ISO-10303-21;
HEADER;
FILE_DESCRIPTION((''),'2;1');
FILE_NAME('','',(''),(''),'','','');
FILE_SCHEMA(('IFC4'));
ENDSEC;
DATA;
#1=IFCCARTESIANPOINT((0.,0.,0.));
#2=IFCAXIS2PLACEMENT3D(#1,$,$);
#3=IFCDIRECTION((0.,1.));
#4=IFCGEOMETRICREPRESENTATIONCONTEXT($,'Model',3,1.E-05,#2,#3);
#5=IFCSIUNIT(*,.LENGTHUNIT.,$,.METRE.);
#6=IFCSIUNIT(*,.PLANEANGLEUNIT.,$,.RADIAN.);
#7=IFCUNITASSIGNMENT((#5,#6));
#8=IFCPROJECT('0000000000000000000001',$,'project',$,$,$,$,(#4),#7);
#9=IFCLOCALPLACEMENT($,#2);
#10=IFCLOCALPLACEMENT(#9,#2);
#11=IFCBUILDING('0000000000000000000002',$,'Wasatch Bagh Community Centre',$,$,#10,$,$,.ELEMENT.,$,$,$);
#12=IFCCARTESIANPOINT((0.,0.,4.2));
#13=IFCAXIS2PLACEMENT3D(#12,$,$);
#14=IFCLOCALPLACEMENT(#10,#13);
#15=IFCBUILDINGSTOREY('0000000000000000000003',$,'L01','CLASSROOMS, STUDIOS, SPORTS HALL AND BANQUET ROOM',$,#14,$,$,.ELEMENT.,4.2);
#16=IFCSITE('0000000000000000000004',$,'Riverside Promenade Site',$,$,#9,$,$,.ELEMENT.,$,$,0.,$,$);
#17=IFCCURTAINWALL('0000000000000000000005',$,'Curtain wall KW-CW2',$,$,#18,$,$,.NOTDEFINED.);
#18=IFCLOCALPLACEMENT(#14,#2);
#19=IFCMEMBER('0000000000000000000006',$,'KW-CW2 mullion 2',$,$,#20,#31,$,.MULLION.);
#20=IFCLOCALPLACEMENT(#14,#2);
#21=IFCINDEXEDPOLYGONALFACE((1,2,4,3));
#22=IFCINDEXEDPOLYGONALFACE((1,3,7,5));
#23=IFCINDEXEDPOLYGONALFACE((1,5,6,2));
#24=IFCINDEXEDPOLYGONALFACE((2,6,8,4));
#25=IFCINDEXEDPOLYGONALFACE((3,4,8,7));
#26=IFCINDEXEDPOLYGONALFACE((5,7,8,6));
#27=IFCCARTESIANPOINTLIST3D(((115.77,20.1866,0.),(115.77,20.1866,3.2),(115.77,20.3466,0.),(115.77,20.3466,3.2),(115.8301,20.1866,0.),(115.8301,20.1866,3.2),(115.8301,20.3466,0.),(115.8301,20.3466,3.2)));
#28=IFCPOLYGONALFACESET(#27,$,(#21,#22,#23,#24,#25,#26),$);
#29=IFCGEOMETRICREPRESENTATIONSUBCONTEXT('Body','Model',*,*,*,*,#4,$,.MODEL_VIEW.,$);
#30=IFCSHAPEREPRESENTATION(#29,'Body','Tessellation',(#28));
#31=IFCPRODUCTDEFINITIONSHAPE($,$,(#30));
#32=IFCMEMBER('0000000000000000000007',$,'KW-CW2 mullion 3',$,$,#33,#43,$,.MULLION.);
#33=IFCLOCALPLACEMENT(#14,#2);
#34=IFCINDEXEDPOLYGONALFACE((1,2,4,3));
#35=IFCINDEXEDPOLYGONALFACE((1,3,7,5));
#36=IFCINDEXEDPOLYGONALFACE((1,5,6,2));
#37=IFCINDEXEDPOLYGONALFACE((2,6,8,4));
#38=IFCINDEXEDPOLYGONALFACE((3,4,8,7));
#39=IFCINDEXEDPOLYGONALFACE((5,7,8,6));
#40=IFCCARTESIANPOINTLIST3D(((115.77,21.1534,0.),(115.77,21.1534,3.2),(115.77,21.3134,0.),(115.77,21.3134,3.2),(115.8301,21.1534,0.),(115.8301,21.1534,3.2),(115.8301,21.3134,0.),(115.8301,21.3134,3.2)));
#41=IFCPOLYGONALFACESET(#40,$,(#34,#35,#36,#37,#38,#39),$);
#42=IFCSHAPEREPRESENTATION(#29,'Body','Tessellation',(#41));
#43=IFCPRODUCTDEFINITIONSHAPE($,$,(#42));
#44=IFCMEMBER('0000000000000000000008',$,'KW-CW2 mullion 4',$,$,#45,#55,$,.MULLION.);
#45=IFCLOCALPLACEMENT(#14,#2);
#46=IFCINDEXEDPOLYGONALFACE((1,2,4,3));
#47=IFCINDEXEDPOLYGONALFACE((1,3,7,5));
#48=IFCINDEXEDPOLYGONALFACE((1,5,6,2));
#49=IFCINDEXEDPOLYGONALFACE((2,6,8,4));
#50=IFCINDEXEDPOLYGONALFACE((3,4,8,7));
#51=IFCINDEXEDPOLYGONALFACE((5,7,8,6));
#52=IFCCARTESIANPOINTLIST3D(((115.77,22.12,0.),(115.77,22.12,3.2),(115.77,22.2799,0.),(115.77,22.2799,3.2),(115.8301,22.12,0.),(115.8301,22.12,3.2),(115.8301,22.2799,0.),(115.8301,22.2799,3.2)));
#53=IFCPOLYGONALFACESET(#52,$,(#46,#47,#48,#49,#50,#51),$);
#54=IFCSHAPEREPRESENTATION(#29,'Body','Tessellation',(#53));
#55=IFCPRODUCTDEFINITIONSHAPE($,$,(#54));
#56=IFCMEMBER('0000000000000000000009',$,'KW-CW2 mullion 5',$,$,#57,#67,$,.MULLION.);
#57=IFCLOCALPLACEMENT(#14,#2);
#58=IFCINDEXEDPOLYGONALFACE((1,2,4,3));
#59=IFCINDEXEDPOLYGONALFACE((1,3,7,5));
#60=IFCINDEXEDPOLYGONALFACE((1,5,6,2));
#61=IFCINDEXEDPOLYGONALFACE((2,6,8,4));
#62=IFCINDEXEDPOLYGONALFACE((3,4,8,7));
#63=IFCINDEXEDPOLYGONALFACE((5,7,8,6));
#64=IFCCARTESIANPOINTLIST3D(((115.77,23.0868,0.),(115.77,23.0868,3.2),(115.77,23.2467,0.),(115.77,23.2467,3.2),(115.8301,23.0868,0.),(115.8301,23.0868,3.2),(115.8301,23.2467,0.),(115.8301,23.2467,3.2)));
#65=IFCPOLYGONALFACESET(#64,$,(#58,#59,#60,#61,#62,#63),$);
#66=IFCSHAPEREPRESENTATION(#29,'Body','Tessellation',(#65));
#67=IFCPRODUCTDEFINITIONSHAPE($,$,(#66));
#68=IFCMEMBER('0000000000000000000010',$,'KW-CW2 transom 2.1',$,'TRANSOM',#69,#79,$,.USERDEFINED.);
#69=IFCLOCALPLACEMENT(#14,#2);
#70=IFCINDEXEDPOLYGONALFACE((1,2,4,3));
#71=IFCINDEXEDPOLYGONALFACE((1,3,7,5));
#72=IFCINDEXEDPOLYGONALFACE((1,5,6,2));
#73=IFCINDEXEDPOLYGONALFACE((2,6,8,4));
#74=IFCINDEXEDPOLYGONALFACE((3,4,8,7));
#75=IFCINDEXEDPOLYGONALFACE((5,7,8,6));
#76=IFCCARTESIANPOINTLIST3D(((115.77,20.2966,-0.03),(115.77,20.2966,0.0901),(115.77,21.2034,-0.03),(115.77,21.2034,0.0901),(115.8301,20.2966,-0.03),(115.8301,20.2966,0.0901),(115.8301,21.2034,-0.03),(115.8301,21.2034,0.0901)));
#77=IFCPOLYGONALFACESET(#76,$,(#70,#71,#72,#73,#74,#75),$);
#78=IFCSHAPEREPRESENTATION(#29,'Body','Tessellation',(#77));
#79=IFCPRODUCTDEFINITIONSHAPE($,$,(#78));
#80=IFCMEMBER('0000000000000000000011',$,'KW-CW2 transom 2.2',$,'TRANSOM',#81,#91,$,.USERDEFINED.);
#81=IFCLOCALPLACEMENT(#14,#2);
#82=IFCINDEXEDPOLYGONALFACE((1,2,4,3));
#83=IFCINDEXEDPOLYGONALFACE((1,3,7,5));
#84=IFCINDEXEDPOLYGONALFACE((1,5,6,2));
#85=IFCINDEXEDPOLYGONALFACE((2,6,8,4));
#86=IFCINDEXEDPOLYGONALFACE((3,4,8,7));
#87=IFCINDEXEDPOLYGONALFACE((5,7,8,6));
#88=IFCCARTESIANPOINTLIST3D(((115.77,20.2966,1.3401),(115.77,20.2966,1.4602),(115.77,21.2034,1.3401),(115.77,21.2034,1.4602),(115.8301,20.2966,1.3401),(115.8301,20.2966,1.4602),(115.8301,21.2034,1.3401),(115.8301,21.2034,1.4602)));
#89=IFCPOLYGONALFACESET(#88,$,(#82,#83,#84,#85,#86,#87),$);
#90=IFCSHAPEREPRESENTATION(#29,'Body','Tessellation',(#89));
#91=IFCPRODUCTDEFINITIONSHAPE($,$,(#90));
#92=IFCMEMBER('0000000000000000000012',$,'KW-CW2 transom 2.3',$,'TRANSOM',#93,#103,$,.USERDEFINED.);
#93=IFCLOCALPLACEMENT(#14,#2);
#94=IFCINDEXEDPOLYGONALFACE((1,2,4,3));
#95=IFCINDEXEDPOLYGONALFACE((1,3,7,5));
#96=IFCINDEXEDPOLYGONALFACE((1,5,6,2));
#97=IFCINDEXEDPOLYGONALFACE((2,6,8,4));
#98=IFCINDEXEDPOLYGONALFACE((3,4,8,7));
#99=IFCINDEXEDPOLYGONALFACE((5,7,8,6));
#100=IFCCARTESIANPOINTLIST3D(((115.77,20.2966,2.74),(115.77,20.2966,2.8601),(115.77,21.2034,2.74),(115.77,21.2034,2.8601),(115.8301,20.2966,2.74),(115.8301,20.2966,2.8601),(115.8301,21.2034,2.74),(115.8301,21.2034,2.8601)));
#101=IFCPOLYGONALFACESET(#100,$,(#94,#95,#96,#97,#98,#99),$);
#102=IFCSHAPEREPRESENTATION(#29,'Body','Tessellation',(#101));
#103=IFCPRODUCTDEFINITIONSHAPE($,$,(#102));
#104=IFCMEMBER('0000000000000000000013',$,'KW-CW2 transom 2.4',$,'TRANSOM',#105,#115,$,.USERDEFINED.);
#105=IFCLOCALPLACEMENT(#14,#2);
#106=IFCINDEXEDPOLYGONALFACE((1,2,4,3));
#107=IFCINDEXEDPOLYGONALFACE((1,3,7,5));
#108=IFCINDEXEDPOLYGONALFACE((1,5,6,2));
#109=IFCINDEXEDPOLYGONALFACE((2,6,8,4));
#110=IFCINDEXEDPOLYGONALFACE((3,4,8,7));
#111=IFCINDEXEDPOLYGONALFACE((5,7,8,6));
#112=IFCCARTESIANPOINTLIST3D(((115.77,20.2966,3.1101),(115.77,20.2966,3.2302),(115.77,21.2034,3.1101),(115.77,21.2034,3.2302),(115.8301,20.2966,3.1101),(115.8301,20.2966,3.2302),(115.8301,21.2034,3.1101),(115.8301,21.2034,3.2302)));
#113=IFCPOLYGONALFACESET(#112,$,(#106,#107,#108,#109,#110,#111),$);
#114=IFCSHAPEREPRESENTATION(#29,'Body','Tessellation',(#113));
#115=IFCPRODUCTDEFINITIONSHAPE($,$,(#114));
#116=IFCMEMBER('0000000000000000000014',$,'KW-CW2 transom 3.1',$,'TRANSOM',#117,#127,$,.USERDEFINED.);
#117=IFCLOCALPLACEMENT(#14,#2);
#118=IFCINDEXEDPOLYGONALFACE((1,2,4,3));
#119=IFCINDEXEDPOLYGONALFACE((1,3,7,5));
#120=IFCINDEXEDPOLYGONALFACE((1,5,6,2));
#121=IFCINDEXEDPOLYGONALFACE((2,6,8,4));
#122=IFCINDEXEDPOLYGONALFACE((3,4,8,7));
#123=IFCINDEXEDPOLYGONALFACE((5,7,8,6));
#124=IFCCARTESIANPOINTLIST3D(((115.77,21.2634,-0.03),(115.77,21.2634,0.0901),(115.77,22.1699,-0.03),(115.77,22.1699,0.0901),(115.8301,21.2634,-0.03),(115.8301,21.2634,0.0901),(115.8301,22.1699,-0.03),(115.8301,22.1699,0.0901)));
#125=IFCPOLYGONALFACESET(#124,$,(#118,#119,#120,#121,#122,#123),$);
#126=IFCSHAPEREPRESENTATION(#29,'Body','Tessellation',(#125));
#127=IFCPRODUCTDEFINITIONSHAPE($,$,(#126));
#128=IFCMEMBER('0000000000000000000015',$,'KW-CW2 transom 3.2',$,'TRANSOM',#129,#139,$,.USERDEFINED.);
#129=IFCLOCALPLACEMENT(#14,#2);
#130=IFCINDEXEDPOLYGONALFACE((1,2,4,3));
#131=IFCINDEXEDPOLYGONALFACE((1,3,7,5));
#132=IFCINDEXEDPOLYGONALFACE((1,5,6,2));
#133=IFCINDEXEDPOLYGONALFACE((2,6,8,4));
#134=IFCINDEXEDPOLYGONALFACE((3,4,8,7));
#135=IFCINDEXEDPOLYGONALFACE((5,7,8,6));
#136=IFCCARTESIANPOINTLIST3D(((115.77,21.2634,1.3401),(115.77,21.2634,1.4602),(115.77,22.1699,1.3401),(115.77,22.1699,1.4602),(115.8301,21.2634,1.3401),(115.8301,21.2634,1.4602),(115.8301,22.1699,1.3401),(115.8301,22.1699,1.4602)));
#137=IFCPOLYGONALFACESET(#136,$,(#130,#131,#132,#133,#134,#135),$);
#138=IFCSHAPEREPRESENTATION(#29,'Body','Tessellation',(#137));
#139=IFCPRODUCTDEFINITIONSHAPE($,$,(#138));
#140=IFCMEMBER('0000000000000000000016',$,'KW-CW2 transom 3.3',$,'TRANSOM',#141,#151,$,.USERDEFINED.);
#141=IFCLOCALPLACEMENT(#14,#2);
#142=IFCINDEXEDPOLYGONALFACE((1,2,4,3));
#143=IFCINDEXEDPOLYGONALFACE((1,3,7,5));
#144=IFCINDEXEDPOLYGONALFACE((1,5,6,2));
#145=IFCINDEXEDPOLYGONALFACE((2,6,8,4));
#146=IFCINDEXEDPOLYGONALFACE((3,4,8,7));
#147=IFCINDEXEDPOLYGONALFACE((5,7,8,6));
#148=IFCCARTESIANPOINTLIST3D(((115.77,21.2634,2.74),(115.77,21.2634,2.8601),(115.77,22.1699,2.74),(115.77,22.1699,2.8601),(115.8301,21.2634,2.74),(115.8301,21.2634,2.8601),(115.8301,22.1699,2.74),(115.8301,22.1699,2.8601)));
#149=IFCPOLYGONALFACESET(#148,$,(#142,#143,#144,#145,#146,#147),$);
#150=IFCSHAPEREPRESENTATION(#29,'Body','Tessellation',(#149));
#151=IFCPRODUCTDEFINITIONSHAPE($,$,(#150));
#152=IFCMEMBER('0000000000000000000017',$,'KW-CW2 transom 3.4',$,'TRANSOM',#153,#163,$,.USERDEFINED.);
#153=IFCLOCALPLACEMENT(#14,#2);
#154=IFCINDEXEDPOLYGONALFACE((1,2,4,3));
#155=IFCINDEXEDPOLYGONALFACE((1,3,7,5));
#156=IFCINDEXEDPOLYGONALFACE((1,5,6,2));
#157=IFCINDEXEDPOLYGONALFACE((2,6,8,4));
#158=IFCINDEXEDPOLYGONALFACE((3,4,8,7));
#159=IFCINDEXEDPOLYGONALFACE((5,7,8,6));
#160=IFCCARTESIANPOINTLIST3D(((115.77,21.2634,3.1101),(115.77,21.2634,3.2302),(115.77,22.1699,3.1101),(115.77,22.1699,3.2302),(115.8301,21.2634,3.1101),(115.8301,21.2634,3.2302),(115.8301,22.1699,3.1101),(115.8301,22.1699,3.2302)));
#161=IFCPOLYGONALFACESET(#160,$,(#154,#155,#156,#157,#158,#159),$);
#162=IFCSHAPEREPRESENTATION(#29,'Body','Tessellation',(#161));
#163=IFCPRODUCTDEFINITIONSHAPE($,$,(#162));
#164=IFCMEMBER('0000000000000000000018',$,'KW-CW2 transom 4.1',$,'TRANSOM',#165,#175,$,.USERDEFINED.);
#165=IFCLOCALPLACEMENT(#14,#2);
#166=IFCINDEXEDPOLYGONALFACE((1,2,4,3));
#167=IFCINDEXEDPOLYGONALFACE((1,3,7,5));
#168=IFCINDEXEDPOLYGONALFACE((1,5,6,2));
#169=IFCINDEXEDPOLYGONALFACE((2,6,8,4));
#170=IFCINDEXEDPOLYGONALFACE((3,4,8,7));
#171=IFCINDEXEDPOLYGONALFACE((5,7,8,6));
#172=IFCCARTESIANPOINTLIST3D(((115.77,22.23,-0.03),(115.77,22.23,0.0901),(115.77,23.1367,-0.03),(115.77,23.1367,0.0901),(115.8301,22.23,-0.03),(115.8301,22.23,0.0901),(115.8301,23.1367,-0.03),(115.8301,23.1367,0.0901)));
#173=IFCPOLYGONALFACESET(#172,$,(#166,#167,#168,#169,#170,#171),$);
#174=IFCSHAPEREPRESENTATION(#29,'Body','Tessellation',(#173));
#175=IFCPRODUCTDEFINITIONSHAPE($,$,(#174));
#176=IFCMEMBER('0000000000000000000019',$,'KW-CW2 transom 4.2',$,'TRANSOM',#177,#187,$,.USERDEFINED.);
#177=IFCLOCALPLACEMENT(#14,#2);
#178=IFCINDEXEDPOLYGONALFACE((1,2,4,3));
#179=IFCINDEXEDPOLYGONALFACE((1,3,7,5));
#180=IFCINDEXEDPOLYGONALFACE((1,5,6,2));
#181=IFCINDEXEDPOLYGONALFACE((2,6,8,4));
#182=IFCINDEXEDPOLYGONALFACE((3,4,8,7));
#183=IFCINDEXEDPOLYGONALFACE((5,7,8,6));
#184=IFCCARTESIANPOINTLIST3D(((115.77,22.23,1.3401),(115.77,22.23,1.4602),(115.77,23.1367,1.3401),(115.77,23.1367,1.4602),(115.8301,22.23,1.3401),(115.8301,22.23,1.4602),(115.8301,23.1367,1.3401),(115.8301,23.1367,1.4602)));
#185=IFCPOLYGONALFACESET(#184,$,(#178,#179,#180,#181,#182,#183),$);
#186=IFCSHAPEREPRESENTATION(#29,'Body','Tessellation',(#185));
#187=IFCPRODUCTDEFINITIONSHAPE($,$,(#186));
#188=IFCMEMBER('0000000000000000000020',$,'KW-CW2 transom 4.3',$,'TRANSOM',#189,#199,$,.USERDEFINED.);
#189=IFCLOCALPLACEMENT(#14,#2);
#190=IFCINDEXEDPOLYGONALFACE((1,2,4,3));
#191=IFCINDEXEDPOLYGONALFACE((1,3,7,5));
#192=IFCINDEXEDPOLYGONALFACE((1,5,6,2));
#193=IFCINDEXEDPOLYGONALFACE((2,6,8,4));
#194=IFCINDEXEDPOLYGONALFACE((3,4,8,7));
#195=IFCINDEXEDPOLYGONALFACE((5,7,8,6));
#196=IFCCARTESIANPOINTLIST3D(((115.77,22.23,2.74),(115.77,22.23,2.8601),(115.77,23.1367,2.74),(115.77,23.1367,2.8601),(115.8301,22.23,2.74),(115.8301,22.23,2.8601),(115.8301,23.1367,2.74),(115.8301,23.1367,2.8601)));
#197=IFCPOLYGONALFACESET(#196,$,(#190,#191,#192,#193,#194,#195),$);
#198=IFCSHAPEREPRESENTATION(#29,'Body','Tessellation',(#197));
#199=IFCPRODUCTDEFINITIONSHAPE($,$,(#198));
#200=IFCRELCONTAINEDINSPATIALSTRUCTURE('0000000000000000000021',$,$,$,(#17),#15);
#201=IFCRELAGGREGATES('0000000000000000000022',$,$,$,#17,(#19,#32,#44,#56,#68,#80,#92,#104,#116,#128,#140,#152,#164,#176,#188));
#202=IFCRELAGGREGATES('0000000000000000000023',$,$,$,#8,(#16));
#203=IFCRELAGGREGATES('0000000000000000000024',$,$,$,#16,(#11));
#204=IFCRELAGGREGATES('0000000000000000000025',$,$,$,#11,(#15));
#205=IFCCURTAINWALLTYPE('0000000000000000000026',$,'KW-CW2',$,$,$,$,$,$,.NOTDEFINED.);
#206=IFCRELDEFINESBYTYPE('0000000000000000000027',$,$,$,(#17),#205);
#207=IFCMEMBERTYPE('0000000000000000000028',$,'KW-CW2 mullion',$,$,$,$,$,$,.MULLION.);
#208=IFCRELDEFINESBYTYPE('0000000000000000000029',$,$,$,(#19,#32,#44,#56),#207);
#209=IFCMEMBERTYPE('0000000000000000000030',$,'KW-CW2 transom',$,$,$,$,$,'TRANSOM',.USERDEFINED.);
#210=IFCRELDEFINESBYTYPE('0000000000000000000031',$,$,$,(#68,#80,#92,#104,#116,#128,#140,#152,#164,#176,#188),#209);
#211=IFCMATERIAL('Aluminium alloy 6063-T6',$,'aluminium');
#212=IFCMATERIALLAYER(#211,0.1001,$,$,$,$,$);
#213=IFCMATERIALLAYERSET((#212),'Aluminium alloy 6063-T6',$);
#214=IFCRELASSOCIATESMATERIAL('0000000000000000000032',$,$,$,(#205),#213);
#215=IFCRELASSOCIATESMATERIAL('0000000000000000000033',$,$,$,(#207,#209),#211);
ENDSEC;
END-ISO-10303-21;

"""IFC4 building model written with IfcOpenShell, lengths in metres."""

from ifc_helpers import new_model, si_unit, direction, frame, origin, origin_2d, place, context, subcontext, project, spatial, rectangle, extrude, material, layer, layer_set, material_profile, profile_set, type_object, element, aggregate, save


model = new_model("IFC4")

# Units and contexts
model_context = context("Model", 3, precision=1e-05, world=origin(), true_north=direction((0.0, 1.0)))
body_context = subcontext(model_context, "Body", "Model", "MODEL_VIEW")
ifc_project = project(units=[si_unit("LENGTHUNIT", "METRE"), si_unit("PLANEANGLEUNIT", "RADIAN")], contexts=[model_context])

# Site, building, storey
site_placement = place(None, origin())
site = spatial("IfcSite", under=ifc_project, at=site_placement, Name="Riverside Promenade Site", CompositionType="ELEMENT", RefElevation=0.0)
building_placement = place(site_placement, origin())
building = spatial("IfcBuilding", under=site, at=building_placement, Name="Wasatch Bagh Community Centre", CompositionType="ELEMENT")
storey_placement = place(building_placement, frame((0.0, 0.0, 4.2)))
storey = spatial("IfcBuildingStorey", under=building, at=storey_placement, Name="L01", Description="CLASSROOMS, STUDIOS, SPORTS HALL AND BANQUET ROOM", CompositionType="ELEMENT", Elevation=4.2)

# Curtain wall, members
ifc_material_1 = material(Name="Aluminium alloy 6063-T6", Category="aluminium")
ifc_layer_1 = layer(ifc_material_1, 0.1001)
ifc_layer_set_1 = layer_set([ifc_layer_1], Name="Aluminium alloy 6063-T6")
curtain_wall_type = type_object("IfcCurtainWallType", Name="KW-CW2", PredefinedType="NOTDEFINED", material=ifc_layer_set_1)
curtain_wall_placement = place(storey_placement, origin())
curtain_wall = element("IfcCurtainWall", 1, at=curtain_wall_placement, inside=storey, type_object=curtain_wall_type, Name="Curtain wall KW-CW2", PredefinedType="NOTDEFINED")
ifc_material_profile_1 = material_profile(ifc_material_1, rectangle(XDim=0.0601, YDim=0.1599, at=origin_2d()), Name="AL 60x160")
ifc_profile_set_1 = profile_set([ifc_material_profile_1], Name="Aluminium alloy 6063-T6")
member_type_1 = type_object("IfcMemberType", Name="KW-CW2 mullion", PredefinedType="MULLION", material=ifc_profile_set_1)
member_1_placement = place(storey_placement, frame((115.8, 20.2666, 0.0), z_axis=(0.0, 0.0, 1.0), x_axis=(-1.0, 0.0, 0.0)))
member_1 = element("IfcMember", 2, at=member_1_placement, type_object=member_type_1, Name="KW-CW2 mullion 2", PredefinedType="MULLION", context=body_context, shape_type="SweptSolid", body=[
    extrude(rectangle(XDim=0.0601, YDim=0.1599, at=origin_2d()), origin(), (0.0, 0.0, 1.0), 3.2),
])
member_2_placement = place(storey_placement, frame((115.8, 21.2334, 0.0), z_axis=(0.0, 0.0, 1.0), x_axis=(-1.0, 0.0, 0.0)))
member_2 = element("IfcMember", 3, at=member_2_placement, type_object=member_type_1, Name="KW-CW2 mullion 3", PredefinedType="MULLION", context=body_context, shape_type="SweptSolid", body=[
    extrude(rectangle(XDim=0.0601, YDim=0.1599, at=origin_2d()), origin(), (0.0, 0.0, 1.0), 3.2),
])
member_3_placement = place(storey_placement, frame((115.8, 22.2, 0.0), z_axis=(0.0, 0.0, 1.0), x_axis=(-1.0, 0.0, 0.0)))
member_3 = element("IfcMember", 4, at=member_3_placement, type_object=member_type_1, Name="KW-CW2 mullion 4", PredefinedType="MULLION", context=body_context, shape_type="SweptSolid", body=[
    extrude(rectangle(XDim=0.0601, YDim=0.1599, at=origin_2d()), origin(), (0.0, 0.0, 1.0), 3.2),
])
member_4_placement = place(storey_placement, frame((115.8, 23.1667, 0.0), z_axis=(0.0, 0.0, 1.0), x_axis=(-1.0, 0.0, 0.0)))
member_4 = element("IfcMember", 5, at=member_4_placement, type_object=member_type_1, Name="KW-CW2 mullion 5", PredefinedType="MULLION", context=body_context, shape_type="SweptSolid", body=[
    extrude(rectangle(XDim=0.0601, YDim=0.1599, at=origin_2d()), origin(), (0.0, 0.0, 1.0), 3.2),
])
ifc_material_profile_2 = material_profile(ifc_material_1, rectangle(XDim=0.0601, YDim=0.1201, at=origin_2d()), Name="AL 60x120")
ifc_profile_set_2 = profile_set([ifc_material_profile_2], Name="Aluminium alloy 6063-T6")
member_type_2 = type_object("IfcMemberType", Name="KW-CW2 transom", ElementType="TRANSOM", PredefinedType="USERDEFINED", material=ifc_profile_set_2)
member_5_placement = place(storey_placement, frame((115.8, 20.2966, 0.03), z_axis=(0.0, 1.0, 0.0), x_axis=(-1.0, 0.0, 0.0)))
member_5 = element("IfcMember", 6, at=member_5_placement, type_object=member_type_2, Name="KW-CW2 transom 2.1", ObjectType="TRANSOM", PredefinedType="USERDEFINED", context=body_context, shape_type="SweptSolid", body=[
    extrude(rectangle(XDim=0.0601, YDim=0.1201, at=origin_2d()), origin(), (0.0, 0.0, 1.0), 0.9067),
])
member_6_placement = place(storey_placement, frame((115.8, 20.2966, 1.4001), z_axis=(0.0, 1.0, 0.0), x_axis=(-1.0, 0.0, 0.0)))
member_6 = element("IfcMember", 7, at=member_6_placement, type_object=member_type_2, Name="KW-CW2 transom 2.2", ObjectType="TRANSOM", PredefinedType="USERDEFINED", context=body_context, shape_type="SweptSolid", body=[
    extrude(rectangle(XDim=0.0601, YDim=0.1201, at=origin_2d()), origin(), (0.0, 0.0, 1.0), 0.9067),
])
member_7_placement = place(storey_placement, frame((115.8, 20.2966, 2.8), z_axis=(0.0, 1.0, 0.0), x_axis=(-1.0, 0.0, 0.0)))
member_7 = element("IfcMember", 8, at=member_7_placement, type_object=member_type_2, Name="KW-CW2 transom 2.3", ObjectType="TRANSOM", PredefinedType="USERDEFINED", context=body_context, shape_type="SweptSolid", body=[
    extrude(rectangle(XDim=0.0601, YDim=0.1201, at=origin_2d()), origin(), (0.0, 0.0, 1.0), 0.9067),
])
member_8_placement = place(storey_placement, frame((115.8, 20.2966, 3.1702), z_axis=(0.0, 1.0, 0.0), x_axis=(-1.0, 0.0, 0.0)))
member_8 = element("IfcMember", 9, at=member_8_placement, type_object=member_type_2, Name="KW-CW2 transom 2.4", ObjectType="TRANSOM", PredefinedType="USERDEFINED", context=body_context, shape_type="SweptSolid", body=[
    extrude(rectangle(XDim=0.0601, YDim=0.1201, at=origin_2d()), origin(), (0.0, 0.0, 1.0), 0.9067),
])
member_9_placement = place(storey_placement, frame((115.8, 21.2634, 0.03), z_axis=(0.0, 1.0, 0.0), x_axis=(-1.0, 0.0, 0.0)))
member_9 = element("IfcMember", 10, at=member_9_placement, type_object=member_type_2, Name="KW-CW2 transom 3.1", ObjectType="TRANSOM", PredefinedType="USERDEFINED", context=body_context, shape_type="SweptSolid", body=[
    extrude(rectangle(XDim=0.0601, YDim=0.1201, at=origin_2d()), origin(), (0.0, 0.0, 1.0), 0.9065),
])
member_10_placement = place(storey_placement, frame((115.8, 21.2634, 1.4001), z_axis=(0.0, 1.0, 0.0), x_axis=(-1.0, 0.0, 0.0)))
member_10 = element("IfcMember", 11, at=member_10_placement, type_object=member_type_2, Name="KW-CW2 transom 3.2", ObjectType="TRANSOM", PredefinedType="USERDEFINED", context=body_context, shape_type="SweptSolid", body=[
    extrude(rectangle(XDim=0.0601, YDim=0.1201, at=origin_2d()), origin(), (0.0, 0.0, 1.0), 0.9065),
])
member_11_placement = place(storey_placement, frame((115.8, 21.2634, 2.8), z_axis=(0.0, 1.0, 0.0), x_axis=(-1.0, 0.0, 0.0)))
member_11 = element("IfcMember", 12, at=member_11_placement, type_object=member_type_2, Name="KW-CW2 transom 3.3", ObjectType="TRANSOM", PredefinedType="USERDEFINED", context=body_context, shape_type="SweptSolid", body=[
    extrude(rectangle(XDim=0.0601, YDim=0.1201, at=origin_2d()), origin(), (0.0, 0.0, 1.0), 0.9065),
])
member_12_placement = place(storey_placement, frame((115.8, 21.2634, 3.1702), z_axis=(0.0, 1.0, 0.0), x_axis=(-1.0, 0.0, 0.0)))
member_12 = element("IfcMember", 13, at=member_12_placement, type_object=member_type_2, Name="KW-CW2 transom 3.4", ObjectType="TRANSOM", PredefinedType="USERDEFINED", context=body_context, shape_type="SweptSolid", body=[
    extrude(rectangle(XDim=0.0601, YDim=0.1201, at=origin_2d()), origin(), (0.0, 0.0, 1.0), 0.9065),
])
member_13_placement = place(storey_placement, frame((115.8, 22.23, 0.03), z_axis=(0.0, 1.0, 0.0), x_axis=(-1.0, 0.0, 0.0)))
member_13 = element("IfcMember", 14, at=member_13_placement, type_object=member_type_2, Name="KW-CW2 transom 4.1", ObjectType="TRANSOM", PredefinedType="USERDEFINED", context=body_context, shape_type="SweptSolid", body=[
    extrude(rectangle(XDim=0.0601, YDim=0.1201, at=origin_2d()), origin(), (0.0, 0.0, 1.0), 0.9067),
])
member_14_placement = place(storey_placement, frame((115.8, 22.23, 1.4001), z_axis=(0.0, 1.0, 0.0), x_axis=(-1.0, 0.0, 0.0)))
member_14 = element("IfcMember", 15, at=member_14_placement, type_object=member_type_2, Name="KW-CW2 transom 4.2", ObjectType="TRANSOM", PredefinedType="USERDEFINED", context=body_context, shape_type="SweptSolid", body=[
    extrude(rectangle(XDim=0.0601, YDim=0.1201, at=origin_2d()), origin(), (0.0, 0.0, 1.0), 0.9067),
])
member_15_placement = place(storey_placement, frame((115.8, 22.23, 2.8), z_axis=(0.0, 1.0, 0.0), x_axis=(-1.0, 0.0, 0.0)))
member_15 = element("IfcMember", 16, at=member_15_placement, type_object=member_type_2, Name="KW-CW2 transom 4.3", ObjectType="TRANSOM", PredefinedType="USERDEFINED", context=body_context, shape_type="SweptSolid", body=[
    extrude(rectangle(XDim=0.0601, YDim=0.1201, at=origin_2d()), origin(), (0.0, 0.0, 1.0), 0.9067),
])
aggregate(curtain_wall, [member_1, member_2, member_3, member_4, member_5, member_6, member_7, member_8, member_9, member_10, member_11, member_12, member_13, member_14, member_15])

save(model, "model.ifc")
